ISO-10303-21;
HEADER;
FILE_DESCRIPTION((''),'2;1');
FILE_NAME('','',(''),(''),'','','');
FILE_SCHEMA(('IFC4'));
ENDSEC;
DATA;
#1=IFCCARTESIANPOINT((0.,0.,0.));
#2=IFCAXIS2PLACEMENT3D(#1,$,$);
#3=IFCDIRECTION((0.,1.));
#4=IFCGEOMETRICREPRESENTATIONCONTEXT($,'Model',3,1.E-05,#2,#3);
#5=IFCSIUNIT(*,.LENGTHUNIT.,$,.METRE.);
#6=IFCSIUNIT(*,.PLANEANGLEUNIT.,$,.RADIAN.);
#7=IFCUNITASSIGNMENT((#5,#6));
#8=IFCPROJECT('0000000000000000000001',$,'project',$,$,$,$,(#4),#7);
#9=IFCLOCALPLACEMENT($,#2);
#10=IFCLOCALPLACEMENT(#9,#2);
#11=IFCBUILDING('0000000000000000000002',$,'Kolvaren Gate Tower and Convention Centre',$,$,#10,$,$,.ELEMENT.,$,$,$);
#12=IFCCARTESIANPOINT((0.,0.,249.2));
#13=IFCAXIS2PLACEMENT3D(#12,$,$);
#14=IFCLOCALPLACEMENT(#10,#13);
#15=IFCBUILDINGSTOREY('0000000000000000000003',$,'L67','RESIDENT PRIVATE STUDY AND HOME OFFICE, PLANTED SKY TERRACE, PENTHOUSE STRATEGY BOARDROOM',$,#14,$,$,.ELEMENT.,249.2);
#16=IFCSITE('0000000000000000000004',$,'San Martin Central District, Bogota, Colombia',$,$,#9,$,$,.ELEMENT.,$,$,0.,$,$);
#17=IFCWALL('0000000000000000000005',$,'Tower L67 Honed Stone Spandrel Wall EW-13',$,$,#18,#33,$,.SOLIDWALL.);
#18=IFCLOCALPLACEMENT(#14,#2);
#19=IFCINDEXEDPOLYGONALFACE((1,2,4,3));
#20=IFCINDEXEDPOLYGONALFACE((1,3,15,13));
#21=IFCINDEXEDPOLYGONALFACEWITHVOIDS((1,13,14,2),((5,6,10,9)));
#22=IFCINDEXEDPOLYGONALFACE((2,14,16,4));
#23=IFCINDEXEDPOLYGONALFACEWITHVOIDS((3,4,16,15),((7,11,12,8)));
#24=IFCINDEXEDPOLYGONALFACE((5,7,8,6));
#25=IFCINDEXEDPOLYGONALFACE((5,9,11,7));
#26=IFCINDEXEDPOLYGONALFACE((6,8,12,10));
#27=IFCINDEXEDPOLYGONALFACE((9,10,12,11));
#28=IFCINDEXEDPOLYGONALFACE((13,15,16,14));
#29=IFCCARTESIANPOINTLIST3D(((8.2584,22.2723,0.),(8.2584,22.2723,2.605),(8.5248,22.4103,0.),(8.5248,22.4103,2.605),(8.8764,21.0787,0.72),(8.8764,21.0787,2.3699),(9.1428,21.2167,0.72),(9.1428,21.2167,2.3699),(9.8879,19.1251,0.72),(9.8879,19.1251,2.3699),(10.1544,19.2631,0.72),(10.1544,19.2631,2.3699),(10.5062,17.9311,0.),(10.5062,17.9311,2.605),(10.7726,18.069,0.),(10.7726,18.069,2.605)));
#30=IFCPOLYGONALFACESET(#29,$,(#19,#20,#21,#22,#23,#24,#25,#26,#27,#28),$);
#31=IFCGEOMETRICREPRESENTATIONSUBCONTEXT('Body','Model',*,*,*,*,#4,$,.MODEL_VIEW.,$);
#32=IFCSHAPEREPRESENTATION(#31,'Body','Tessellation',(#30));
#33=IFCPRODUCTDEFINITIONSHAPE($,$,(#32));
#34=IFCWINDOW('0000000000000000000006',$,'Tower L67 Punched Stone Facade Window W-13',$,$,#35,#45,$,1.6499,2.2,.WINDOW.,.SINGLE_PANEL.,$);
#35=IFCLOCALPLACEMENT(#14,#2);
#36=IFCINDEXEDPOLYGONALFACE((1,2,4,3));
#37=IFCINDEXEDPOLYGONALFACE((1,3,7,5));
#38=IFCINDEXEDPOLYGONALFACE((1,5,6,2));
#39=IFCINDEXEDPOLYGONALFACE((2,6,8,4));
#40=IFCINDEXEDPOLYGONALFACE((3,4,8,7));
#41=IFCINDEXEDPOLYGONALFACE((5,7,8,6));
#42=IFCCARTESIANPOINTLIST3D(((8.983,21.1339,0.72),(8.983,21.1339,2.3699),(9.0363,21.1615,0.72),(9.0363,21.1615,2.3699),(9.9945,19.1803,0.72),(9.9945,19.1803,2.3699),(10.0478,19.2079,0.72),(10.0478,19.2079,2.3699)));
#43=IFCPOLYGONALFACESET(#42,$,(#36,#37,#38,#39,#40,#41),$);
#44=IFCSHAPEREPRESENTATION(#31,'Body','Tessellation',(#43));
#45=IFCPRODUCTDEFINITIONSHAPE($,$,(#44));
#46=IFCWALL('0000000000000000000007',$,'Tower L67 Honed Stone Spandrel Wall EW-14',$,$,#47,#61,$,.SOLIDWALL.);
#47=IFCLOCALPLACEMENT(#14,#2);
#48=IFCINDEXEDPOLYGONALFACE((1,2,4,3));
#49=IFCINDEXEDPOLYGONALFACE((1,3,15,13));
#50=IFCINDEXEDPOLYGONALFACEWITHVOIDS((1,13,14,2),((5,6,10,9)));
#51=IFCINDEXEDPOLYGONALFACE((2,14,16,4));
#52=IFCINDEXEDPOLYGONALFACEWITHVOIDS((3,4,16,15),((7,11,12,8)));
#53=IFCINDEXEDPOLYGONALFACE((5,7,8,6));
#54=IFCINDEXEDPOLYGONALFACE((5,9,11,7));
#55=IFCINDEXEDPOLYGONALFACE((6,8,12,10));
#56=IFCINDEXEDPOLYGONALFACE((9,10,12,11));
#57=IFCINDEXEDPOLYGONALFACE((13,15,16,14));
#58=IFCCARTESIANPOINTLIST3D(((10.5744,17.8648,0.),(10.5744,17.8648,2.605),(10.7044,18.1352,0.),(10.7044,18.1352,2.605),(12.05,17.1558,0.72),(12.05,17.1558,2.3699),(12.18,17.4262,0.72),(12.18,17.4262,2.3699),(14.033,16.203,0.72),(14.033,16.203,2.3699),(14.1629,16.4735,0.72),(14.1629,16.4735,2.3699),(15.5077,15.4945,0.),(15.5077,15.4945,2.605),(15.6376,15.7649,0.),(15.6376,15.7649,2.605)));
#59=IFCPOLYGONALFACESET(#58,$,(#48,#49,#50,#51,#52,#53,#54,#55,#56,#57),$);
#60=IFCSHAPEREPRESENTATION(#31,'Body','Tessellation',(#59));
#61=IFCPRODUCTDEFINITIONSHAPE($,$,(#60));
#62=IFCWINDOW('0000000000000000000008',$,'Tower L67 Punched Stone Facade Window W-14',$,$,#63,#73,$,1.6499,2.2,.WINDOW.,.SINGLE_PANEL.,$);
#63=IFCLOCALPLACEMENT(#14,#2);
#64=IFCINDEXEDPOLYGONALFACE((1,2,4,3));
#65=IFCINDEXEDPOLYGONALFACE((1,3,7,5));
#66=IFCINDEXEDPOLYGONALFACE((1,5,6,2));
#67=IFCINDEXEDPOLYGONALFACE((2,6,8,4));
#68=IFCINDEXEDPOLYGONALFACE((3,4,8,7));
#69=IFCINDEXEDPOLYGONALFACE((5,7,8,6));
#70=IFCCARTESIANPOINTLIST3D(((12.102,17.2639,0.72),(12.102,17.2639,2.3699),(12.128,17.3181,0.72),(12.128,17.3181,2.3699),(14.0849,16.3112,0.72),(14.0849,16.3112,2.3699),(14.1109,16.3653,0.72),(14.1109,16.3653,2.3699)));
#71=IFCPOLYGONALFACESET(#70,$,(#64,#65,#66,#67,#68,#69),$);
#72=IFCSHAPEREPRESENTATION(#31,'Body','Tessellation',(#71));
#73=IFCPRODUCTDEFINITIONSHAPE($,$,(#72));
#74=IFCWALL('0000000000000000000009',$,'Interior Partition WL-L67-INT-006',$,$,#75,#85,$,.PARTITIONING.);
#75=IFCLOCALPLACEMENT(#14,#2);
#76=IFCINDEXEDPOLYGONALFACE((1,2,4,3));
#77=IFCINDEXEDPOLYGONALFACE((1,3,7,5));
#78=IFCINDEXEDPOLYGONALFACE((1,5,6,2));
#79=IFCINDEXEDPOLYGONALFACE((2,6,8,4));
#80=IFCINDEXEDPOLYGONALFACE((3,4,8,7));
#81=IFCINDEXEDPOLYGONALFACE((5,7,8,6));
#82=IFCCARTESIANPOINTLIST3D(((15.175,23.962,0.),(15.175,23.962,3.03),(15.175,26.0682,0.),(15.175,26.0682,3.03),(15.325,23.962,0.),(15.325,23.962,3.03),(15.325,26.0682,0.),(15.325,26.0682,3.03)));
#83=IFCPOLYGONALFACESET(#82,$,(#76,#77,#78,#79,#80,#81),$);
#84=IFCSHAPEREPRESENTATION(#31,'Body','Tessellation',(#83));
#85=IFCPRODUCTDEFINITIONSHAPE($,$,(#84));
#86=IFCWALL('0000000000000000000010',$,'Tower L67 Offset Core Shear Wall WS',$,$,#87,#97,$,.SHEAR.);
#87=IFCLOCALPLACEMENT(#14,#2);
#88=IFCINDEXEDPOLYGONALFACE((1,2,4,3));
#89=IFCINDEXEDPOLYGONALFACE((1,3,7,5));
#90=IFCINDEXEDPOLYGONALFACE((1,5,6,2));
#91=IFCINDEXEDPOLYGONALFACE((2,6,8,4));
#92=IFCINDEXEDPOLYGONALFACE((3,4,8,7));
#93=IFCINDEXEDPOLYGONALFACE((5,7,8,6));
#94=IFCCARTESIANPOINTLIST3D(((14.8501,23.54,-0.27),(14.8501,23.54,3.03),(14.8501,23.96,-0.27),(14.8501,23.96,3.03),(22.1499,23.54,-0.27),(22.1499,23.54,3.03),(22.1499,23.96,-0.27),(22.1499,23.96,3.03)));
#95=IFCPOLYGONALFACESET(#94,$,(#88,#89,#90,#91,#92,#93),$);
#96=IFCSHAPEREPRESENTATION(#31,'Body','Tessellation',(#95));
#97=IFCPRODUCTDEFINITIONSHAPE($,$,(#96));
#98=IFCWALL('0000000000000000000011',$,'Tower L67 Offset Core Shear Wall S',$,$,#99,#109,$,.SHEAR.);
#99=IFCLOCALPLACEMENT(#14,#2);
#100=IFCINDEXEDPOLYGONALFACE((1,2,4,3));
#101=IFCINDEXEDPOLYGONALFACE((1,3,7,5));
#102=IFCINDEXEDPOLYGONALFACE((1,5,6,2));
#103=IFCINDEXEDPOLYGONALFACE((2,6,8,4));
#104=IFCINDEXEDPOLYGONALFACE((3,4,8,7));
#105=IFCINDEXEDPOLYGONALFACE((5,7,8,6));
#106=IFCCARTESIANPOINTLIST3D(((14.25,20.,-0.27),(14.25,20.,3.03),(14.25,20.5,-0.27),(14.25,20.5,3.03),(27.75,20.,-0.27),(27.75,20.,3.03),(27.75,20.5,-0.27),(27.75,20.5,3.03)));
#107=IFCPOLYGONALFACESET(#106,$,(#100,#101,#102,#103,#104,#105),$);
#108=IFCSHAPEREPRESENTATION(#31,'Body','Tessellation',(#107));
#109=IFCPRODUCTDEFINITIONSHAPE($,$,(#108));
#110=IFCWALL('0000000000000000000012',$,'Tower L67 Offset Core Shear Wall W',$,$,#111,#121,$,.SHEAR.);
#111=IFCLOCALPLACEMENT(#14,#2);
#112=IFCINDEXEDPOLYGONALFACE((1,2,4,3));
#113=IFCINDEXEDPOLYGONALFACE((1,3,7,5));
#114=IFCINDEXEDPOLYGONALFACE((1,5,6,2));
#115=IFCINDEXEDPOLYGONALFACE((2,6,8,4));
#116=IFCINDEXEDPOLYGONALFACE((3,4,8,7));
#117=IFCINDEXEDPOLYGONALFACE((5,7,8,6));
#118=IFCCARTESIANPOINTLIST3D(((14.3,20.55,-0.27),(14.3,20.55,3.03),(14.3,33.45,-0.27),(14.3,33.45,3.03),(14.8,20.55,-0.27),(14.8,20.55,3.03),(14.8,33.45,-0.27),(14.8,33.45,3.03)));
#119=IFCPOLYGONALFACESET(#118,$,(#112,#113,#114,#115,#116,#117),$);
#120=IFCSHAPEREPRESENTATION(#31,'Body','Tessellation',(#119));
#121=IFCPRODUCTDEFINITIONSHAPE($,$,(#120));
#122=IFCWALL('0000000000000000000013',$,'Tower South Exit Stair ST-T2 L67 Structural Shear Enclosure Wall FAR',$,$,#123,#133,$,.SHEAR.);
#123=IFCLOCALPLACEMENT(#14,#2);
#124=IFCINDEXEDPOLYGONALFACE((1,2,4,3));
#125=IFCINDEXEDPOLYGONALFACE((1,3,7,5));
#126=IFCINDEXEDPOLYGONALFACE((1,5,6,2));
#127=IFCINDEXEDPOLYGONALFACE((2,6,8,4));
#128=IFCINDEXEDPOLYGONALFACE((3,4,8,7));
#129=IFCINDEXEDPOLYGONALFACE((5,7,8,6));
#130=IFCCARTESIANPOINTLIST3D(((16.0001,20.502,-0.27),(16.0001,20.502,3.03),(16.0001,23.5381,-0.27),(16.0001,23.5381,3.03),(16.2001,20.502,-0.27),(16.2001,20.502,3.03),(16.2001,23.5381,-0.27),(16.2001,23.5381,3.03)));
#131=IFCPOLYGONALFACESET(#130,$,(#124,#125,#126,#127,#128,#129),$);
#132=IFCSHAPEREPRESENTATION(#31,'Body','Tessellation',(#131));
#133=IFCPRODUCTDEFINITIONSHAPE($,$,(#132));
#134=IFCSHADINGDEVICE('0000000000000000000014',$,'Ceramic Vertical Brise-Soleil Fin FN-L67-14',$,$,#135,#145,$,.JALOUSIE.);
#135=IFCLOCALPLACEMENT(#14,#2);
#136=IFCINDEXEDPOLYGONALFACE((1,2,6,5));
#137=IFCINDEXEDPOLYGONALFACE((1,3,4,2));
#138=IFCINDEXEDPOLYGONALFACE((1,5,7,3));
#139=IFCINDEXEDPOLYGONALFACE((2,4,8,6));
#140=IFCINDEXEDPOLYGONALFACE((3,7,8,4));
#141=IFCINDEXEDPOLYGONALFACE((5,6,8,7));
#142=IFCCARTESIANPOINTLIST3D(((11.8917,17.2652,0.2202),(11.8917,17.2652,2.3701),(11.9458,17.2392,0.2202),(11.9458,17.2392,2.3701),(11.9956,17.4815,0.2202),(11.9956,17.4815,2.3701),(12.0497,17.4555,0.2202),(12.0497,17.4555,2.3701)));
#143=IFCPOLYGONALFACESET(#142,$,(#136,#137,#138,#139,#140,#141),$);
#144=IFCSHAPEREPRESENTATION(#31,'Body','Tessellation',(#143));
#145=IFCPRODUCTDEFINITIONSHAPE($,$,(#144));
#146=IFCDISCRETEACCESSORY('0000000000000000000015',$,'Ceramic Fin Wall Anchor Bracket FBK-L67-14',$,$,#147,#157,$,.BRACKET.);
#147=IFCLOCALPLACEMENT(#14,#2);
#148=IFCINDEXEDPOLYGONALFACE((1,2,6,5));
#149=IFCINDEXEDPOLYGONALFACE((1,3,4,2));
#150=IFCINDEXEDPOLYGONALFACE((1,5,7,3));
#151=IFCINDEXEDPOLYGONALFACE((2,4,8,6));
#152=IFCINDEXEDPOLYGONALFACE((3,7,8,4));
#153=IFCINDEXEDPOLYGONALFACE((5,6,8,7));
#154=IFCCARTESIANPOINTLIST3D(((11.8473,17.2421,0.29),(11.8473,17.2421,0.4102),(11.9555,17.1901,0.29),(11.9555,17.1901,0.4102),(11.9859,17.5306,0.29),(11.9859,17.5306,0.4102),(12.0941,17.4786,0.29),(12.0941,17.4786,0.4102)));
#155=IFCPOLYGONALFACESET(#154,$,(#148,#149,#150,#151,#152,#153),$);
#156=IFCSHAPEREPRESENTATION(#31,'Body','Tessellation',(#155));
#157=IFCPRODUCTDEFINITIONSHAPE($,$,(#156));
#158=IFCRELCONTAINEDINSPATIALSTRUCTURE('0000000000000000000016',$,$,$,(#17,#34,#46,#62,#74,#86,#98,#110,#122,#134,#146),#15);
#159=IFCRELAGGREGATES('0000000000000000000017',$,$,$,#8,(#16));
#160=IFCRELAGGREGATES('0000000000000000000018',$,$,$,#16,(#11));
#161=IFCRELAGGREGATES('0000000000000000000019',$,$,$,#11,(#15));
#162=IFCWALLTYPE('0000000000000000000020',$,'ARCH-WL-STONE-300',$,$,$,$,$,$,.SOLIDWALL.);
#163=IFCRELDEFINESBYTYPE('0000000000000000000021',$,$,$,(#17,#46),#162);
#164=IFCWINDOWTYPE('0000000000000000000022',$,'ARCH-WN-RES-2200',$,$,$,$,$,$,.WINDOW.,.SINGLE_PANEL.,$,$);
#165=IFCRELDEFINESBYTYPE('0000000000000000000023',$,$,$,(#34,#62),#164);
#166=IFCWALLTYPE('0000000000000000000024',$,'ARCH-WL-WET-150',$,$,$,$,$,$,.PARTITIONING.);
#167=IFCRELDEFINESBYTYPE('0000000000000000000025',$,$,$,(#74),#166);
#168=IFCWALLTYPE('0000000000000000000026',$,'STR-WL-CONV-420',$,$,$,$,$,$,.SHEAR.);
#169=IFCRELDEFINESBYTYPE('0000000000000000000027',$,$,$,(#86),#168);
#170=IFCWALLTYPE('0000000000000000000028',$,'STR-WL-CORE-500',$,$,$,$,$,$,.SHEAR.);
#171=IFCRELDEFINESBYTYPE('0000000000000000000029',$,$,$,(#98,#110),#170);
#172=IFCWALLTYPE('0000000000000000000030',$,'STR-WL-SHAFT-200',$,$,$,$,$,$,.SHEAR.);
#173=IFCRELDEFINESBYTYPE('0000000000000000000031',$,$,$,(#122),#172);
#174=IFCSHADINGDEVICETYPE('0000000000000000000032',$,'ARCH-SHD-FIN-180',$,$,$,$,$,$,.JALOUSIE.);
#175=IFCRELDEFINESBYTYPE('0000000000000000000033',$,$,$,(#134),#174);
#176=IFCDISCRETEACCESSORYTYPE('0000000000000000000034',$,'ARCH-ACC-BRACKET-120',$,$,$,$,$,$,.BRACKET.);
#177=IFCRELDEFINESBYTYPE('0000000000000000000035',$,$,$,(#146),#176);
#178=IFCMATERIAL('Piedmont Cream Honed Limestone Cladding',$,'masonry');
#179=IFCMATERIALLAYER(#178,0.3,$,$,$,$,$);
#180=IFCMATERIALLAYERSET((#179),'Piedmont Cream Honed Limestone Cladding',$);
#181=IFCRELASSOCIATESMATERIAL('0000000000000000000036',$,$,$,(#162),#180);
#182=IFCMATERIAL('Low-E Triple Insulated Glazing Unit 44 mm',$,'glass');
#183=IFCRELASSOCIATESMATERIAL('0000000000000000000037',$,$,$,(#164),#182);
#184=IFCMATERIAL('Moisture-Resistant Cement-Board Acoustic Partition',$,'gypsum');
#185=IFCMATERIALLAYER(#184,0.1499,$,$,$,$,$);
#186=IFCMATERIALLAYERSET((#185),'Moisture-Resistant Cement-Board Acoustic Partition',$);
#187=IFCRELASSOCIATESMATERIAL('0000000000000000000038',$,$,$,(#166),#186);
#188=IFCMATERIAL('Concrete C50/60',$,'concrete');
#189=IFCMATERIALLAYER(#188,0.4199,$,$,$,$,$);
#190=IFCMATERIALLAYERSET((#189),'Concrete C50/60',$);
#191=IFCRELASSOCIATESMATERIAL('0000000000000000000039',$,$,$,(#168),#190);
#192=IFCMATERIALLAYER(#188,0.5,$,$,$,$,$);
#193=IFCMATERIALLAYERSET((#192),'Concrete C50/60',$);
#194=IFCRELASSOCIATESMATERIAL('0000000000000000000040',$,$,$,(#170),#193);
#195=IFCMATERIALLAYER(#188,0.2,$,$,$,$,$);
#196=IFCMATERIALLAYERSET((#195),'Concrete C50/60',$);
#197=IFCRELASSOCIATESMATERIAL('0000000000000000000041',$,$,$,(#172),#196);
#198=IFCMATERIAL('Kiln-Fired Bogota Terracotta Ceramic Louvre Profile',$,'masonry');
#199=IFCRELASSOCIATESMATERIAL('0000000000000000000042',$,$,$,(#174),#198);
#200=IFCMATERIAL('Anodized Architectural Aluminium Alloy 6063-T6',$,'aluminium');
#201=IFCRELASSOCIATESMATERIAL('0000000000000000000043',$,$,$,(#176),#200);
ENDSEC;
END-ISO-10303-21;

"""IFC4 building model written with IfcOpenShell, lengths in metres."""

from ifc_helpers import new_model, si_unit, direction, frame, frame_2d, origin, origin_2d, place, context, subcontext, project, spatial, rectangle, extrude, material, layer, layer_set, type_object, element, fill, save


model = new_model("IFC4")

# Units and contexts
model_context = context("Model", 3, precision=1e-05, world=origin(), true_north=direction((0.0, 1.0)))
body_context = subcontext(model_context, "Body", "Model", "MODEL_VIEW")
ifc_project = project(units=[si_unit("LENGTHUNIT", "METRE"), si_unit("PLANEANGLEUNIT", "RADIAN")], contexts=[model_context])

# Site, building, storey
site_placement = place(None, origin())
site = spatial("IfcSite", under=ifc_project, at=site_placement, Name="San Martin Central District, Bogota, Colombia", CompositionType="ELEMENT", RefElevation=0.0)
building_placement = place(site_placement, origin())
building = spatial("IfcBuilding", under=site, at=building_placement, Name="Kolvaren Gate Tower and Convention Centre", CompositionType="ELEMENT")
storey_placement = place(building_placement, frame((0.0, 0.0, 249.2)))
storey = spatial("IfcBuildingStorey", under=building, at=storey_placement, Name="L67", Description="RESIDENT PRIVATE STUDY AND HOME OFFICE, PLANTED SKY TERRACE, PENTHOUSE STRATEGY BOARDROOM", CompositionType="ELEMENT", Elevation=249.2)

# Walls, openings, windows
ifc_material_1 = material(Name="Piedmont Cream Honed Limestone Cladding", Category="masonry")
ifc_layer_1 = layer(ifc_material_1, 0.3)
ifc_layer_set_1 = layer_set([ifc_layer_1], Name="Piedmont Cream Honed Limestone Cladding")
wall_type_1 = type_object("IfcWallType", Name="ARCH-WL-STONE-300", PredefinedType="SOLIDWALL", material=ifc_layer_set_1)
wall_1_placement = place(storey_placement, frame((8.3916, 22.3413, 0.0), z_axis=(0.0, 0.0, 1.0), x_axis=(0.459794, -0.888026, 0.0)))
wall_1 = element("IfcWall", 1, at=wall_1_placement, inside=storey, type_object=wall_type_1, Name="Tower L67 Honed Stone Spandrel Wall EW-13", PredefinedType="SOLIDWALL", context=body_context, shape_type="SweptSolid", body=[
    extrude(rectangle(XDim=4.8887, YDim=0.3, at=frame_2d((2.4443, 0.0))), origin(), (0.0, 0.0, 1.0), 2.605),
])
opening_1_placement = place(wall_1_placement, frame((1.344, 0.0, 0.72)))
opening_1 = element("IfcOpeningElement", 2, at=opening_1_placement, cuts=wall_1, PredefinedType="OPENING", context=body_context, shape_type="SweptSolid", body=[
    extrude(rectangle(XDim=2.2, YDim=1.6499, at=frame_2d((1.1001, 0.825))), frame((0.0, 0.1599, 0.0), z_axis=(0.0, -1.0, 0.0), x_axis=(1.0, 0.0, 0.0)), (0.0, 0.0, 1.0), 0.3201),
])
ifc_material_2 = material(Name="Low-E Triple Insulated Glazing Unit 44 mm", Category="glass")
window_type = type_object("IfcWindowType", Name="ARCH-WN-RES-2200", PartitioningType="SINGLE_PANEL", PredefinedType="WINDOW", material=ifc_material_2)
window_1_placement = place(opening_1_placement, origin())
window_1 = element("IfcWindow", 3, at=window_1_placement, inside=storey, type_object=window_type, Name="Tower L67 Punched Stone Facade Window W-13", OverallHeight=1.6499, OverallWidth=2.2, PartitioningType="SINGLE_PANEL", PredefinedType="WINDOW", context=body_context, shape_type="SweptSolid", body=[
    extrude(rectangle(XDim=2.2, YDim=1.6499, at=frame_2d((1.1001, 0.825))), frame((0.0, 0.03, 0.0), z_axis=(0.0, -1.0, 0.0), x_axis=(1.0, 0.0, 0.0)), (0.0, 0.0, 1.0), 0.0601),
])
fill(opening_1, window_1)
wall_2_placement = place(storey_placement, frame((10.6394, 18.0, 0.0), z_axis=(0.0, 0.0, 1.0), x_axis=(0.901355, -0.433081, 0.0)))
wall_2 = element("IfcWall", 4, at=wall_2_placement, inside=storey, type_object=wall_type_1, Name="Tower L67 Honed Stone Spandrel Wall EW-14", PredefinedType="SOLIDWALL", context=body_context, shape_type="SweptSolid", body=[
    extrude(rectangle(XDim=5.4731, YDim=0.3, at=frame_2d((2.7366, 0.0))), origin(), (0.0, 0.0, 1.0), 2.605),
])
opening_2_placement = place(wall_2_placement, frame((1.637, 0.0, 0.72)))
opening_2 = element("IfcOpeningElement", 5, at=opening_2_placement, cuts=wall_2, PredefinedType="OPENING", context=body_context, shape_type="SweptSolid", body=[
    extrude(rectangle(XDim=2.2, YDim=1.6499, at=frame_2d((1.1001, 0.825))), frame((0.0, 0.1599, 0.0), z_axis=(0.0, -1.0, 0.0), x_axis=(1.0, 0.0, 0.0)), (0.0, 0.0, 1.0), 0.3201),
])
window_2_placement = place(opening_2_placement, origin())
window_2 = element("IfcWindow", 6, at=window_2_placement, inside=storey, type_object=window_type, Name="Tower L67 Punched Stone Facade Window W-14", OverallHeight=1.6499, OverallWidth=2.2, PartitioningType="SINGLE_PANEL", PredefinedType="WINDOW", context=body_context, shape_type="SweptSolid", body=[
    extrude(rectangle(XDim=2.2, YDim=1.6499, at=frame_2d((1.1001, 0.825))), frame((0.0, 0.03, 0.0), z_axis=(0.0, -1.0, 0.0), x_axis=(1.0, 0.0, 0.0)), (0.0, 0.0, 1.0), 0.0601),
])
fill(opening_2, window_2)

# Walls
ifc_material_3 = material(Name="Moisture-Resistant Cement-Board Acoustic Partition", Category="gypsum")
ifc_layer_2 = layer(ifc_material_3, 0.1499)
ifc_layer_set_2 = layer_set([ifc_layer_2], Name="Moisture-Resistant Cement-Board Acoustic Partition")
wall_type_2 = type_object("IfcWallType", Name="ARCH-WL-WET-150", PredefinedType="PARTITIONING", material=ifc_layer_set_2)
wall_3_placement = place(storey_placement, frame((15.25, 23.9619, 0.0), z_axis=(0.0, 0.0, 1.0), x_axis=(0.0, 1.0, 0.0)))
element("IfcWall", 7, at=wall_3_placement, inside=storey, type_object=wall_type_2, Name="Interior Partition WL-L67-INT-006", PredefinedType="PARTITIONING", context=body_context, shape_type="SweptSolid", body=[
    extrude(rectangle(XDim=2.1062, YDim=0.1499, at=frame_2d((1.0532, 0.0))), origin(), (0.0, 0.0, 1.0), 3.03),
])
ifc_material_4 = material(Name="Concrete C50/60", Category="concrete")
ifc_layer_3 = layer(ifc_material_4, 0.4199)
ifc_layer_set_3 = layer_set([ifc_layer_3], Name="Concrete C50/60")
wall_type_3 = type_object("IfcWallType", Name="STR-WL-CONV-420", PredefinedType="SHEAR", material=ifc_layer_set_3)
wall_4_placement = place(storey_placement, frame((14.8501, 23.75, -0.27), z_axis=(0.0, 0.0, 1.0), x_axis=(1.0, 0.0, 0.0)))
element("IfcWall", 8, at=wall_4_placement, inside=storey, type_object=wall_type_3, Name="Tower L67 Offset Core Shear Wall WS", PredefinedType="SHEAR", context=body_context, shape_type="SweptSolid", body=[
    extrude(rectangle(XDim=7.2998, YDim=0.4199, at=frame_2d((3.6499, 0.0))), origin(), (0.0, 0.0, 1.0), 3.3),
])
ifc_layer_4 = layer(ifc_material_4, 0.5)
ifc_layer_set_4 = layer_set([ifc_layer_4], Name="Concrete C50/60")
wall_type_4 = type_object("IfcWallType", Name="STR-WL-CORE-500", PredefinedType="SHEAR", material=ifc_layer_set_4)
wall_5_placement = place(storey_placement, frame((14.25, 20.25, -0.27), z_axis=(0.0, 0.0, 1.0), x_axis=(1.0, 0.0, 0.0)))
element("IfcWall", 9, at=wall_5_placement, inside=storey, type_object=wall_type_4, Name="Tower L67 Offset Core Shear Wall S", PredefinedType="SHEAR", context=body_context, shape_type="SweptSolid", body=[
    extrude(rectangle(XDim=13.5, YDim=0.5, at=frame_2d((6.75, 0.0))), origin(), (0.0, 0.0, 1.0), 3.3),
])
wall_6_placement = place(storey_placement, frame((14.55, 20.55, -0.27), z_axis=(0.0, 0.0, 1.0), x_axis=(0.0, 1.0, 0.0)))
element("IfcWall", 10, at=wall_6_placement, inside=storey, type_object=wall_type_4, Name="Tower L67 Offset Core Shear Wall W", PredefinedType="SHEAR", context=body_context, shape_type="SweptSolid", body=[
    extrude(rectangle(XDim=12.8999, YDim=0.5, at=frame_2d((6.45, 0.0))), origin(), (0.0, 0.0, 1.0), 3.3),
])
ifc_layer_5 = layer(ifc_material_4, 0.2)
ifc_layer_set_5 = layer_set([ifc_layer_5], Name="Concrete C50/60")
wall_type_5 = type_object("IfcWallType", Name="STR-WL-SHAFT-200", PredefinedType="SHEAR", material=ifc_layer_set_5)
wall_7_placement = place(storey_placement, frame((16.1001, 20.502, -0.27), z_axis=(0.0, 0.0, 1.0), x_axis=(0.0, 1.0, 0.0)))
element("IfcWall", 11, at=wall_7_placement, inside=storey, type_object=wall_type_5, Name="Tower South Exit Stair ST-T2 L67 Structural Shear Enclosure Wall FAR", PredefinedType="SHEAR", context=body_context, shape_type="SweptSolid", body=[
    extrude(rectangle(XDim=3.0361, YDim=0.2, at=frame_2d((1.5181, 0.0))), origin(), (0.0, 0.0, 1.0), 3.3),
])

# Shading device
ifc_material_5 = material(Name="Kiln-Fired Bogota Terracotta Ceramic Louvre Profile", Category="masonry")
shading_device_type = type_object("IfcShadingDeviceType", Name="ARCH-SHD-FIN-180", PredefinedType="JALOUSIE", material=ifc_material_5)
shading_device_placement = place(storey_placement, frame((11.9707, 17.3604, 0.2202), z_axis=(0.0, 0.0, 1.0), x_axis=(0.901358, -0.433076, 0.0)))
element("IfcShadingDevice", 12, at=shading_device_placement, inside=storey, type_object=shading_device_type, Name="Ceramic Vertical Brise-Soleil Fin FN-L67-14", PredefinedType="JALOUSIE", context=body_context, shape_type="SweptSolid", body=[
    extrude(rectangle(XDim=0.0601, YDim=0.24, at=origin_2d()), origin(), (0.0, 0.0, 1.0), 2.1499),
])

# Discrete accessory
ifc_material_6 = material(Name="Anodized Architectural Aluminium Alloy 6063-T6", Category="aluminium")
discrete_accessory_type = type_object("IfcDiscreteAccessoryType", Name="ARCH-ACC-BRACKET-120", PredefinedType="BRACKET", material=ifc_material_6)
discrete_accessory_placement = place(storey_placement, frame((11.9707, 17.3604, 0.29), z_axis=(0.0, 0.0, 1.0), x_axis=(0.901358, -0.433076, 0.0)))
element("IfcDiscreteAccessory", 13, at=discrete_accessory_placement, inside=storey, type_object=discrete_accessory_type, Name="Ceramic Fin Wall Anchor Bracket FBK-L67-14", PredefinedType="BRACKET", context=body_context, shape_type="SweptSolid", body=[
    extrude(rectangle(XDim=0.1201, YDim=0.3201, at=origin_2d()), origin(), (0.0, 0.0, 1.0), 0.1201),
])

save(model, "model.ifc")
